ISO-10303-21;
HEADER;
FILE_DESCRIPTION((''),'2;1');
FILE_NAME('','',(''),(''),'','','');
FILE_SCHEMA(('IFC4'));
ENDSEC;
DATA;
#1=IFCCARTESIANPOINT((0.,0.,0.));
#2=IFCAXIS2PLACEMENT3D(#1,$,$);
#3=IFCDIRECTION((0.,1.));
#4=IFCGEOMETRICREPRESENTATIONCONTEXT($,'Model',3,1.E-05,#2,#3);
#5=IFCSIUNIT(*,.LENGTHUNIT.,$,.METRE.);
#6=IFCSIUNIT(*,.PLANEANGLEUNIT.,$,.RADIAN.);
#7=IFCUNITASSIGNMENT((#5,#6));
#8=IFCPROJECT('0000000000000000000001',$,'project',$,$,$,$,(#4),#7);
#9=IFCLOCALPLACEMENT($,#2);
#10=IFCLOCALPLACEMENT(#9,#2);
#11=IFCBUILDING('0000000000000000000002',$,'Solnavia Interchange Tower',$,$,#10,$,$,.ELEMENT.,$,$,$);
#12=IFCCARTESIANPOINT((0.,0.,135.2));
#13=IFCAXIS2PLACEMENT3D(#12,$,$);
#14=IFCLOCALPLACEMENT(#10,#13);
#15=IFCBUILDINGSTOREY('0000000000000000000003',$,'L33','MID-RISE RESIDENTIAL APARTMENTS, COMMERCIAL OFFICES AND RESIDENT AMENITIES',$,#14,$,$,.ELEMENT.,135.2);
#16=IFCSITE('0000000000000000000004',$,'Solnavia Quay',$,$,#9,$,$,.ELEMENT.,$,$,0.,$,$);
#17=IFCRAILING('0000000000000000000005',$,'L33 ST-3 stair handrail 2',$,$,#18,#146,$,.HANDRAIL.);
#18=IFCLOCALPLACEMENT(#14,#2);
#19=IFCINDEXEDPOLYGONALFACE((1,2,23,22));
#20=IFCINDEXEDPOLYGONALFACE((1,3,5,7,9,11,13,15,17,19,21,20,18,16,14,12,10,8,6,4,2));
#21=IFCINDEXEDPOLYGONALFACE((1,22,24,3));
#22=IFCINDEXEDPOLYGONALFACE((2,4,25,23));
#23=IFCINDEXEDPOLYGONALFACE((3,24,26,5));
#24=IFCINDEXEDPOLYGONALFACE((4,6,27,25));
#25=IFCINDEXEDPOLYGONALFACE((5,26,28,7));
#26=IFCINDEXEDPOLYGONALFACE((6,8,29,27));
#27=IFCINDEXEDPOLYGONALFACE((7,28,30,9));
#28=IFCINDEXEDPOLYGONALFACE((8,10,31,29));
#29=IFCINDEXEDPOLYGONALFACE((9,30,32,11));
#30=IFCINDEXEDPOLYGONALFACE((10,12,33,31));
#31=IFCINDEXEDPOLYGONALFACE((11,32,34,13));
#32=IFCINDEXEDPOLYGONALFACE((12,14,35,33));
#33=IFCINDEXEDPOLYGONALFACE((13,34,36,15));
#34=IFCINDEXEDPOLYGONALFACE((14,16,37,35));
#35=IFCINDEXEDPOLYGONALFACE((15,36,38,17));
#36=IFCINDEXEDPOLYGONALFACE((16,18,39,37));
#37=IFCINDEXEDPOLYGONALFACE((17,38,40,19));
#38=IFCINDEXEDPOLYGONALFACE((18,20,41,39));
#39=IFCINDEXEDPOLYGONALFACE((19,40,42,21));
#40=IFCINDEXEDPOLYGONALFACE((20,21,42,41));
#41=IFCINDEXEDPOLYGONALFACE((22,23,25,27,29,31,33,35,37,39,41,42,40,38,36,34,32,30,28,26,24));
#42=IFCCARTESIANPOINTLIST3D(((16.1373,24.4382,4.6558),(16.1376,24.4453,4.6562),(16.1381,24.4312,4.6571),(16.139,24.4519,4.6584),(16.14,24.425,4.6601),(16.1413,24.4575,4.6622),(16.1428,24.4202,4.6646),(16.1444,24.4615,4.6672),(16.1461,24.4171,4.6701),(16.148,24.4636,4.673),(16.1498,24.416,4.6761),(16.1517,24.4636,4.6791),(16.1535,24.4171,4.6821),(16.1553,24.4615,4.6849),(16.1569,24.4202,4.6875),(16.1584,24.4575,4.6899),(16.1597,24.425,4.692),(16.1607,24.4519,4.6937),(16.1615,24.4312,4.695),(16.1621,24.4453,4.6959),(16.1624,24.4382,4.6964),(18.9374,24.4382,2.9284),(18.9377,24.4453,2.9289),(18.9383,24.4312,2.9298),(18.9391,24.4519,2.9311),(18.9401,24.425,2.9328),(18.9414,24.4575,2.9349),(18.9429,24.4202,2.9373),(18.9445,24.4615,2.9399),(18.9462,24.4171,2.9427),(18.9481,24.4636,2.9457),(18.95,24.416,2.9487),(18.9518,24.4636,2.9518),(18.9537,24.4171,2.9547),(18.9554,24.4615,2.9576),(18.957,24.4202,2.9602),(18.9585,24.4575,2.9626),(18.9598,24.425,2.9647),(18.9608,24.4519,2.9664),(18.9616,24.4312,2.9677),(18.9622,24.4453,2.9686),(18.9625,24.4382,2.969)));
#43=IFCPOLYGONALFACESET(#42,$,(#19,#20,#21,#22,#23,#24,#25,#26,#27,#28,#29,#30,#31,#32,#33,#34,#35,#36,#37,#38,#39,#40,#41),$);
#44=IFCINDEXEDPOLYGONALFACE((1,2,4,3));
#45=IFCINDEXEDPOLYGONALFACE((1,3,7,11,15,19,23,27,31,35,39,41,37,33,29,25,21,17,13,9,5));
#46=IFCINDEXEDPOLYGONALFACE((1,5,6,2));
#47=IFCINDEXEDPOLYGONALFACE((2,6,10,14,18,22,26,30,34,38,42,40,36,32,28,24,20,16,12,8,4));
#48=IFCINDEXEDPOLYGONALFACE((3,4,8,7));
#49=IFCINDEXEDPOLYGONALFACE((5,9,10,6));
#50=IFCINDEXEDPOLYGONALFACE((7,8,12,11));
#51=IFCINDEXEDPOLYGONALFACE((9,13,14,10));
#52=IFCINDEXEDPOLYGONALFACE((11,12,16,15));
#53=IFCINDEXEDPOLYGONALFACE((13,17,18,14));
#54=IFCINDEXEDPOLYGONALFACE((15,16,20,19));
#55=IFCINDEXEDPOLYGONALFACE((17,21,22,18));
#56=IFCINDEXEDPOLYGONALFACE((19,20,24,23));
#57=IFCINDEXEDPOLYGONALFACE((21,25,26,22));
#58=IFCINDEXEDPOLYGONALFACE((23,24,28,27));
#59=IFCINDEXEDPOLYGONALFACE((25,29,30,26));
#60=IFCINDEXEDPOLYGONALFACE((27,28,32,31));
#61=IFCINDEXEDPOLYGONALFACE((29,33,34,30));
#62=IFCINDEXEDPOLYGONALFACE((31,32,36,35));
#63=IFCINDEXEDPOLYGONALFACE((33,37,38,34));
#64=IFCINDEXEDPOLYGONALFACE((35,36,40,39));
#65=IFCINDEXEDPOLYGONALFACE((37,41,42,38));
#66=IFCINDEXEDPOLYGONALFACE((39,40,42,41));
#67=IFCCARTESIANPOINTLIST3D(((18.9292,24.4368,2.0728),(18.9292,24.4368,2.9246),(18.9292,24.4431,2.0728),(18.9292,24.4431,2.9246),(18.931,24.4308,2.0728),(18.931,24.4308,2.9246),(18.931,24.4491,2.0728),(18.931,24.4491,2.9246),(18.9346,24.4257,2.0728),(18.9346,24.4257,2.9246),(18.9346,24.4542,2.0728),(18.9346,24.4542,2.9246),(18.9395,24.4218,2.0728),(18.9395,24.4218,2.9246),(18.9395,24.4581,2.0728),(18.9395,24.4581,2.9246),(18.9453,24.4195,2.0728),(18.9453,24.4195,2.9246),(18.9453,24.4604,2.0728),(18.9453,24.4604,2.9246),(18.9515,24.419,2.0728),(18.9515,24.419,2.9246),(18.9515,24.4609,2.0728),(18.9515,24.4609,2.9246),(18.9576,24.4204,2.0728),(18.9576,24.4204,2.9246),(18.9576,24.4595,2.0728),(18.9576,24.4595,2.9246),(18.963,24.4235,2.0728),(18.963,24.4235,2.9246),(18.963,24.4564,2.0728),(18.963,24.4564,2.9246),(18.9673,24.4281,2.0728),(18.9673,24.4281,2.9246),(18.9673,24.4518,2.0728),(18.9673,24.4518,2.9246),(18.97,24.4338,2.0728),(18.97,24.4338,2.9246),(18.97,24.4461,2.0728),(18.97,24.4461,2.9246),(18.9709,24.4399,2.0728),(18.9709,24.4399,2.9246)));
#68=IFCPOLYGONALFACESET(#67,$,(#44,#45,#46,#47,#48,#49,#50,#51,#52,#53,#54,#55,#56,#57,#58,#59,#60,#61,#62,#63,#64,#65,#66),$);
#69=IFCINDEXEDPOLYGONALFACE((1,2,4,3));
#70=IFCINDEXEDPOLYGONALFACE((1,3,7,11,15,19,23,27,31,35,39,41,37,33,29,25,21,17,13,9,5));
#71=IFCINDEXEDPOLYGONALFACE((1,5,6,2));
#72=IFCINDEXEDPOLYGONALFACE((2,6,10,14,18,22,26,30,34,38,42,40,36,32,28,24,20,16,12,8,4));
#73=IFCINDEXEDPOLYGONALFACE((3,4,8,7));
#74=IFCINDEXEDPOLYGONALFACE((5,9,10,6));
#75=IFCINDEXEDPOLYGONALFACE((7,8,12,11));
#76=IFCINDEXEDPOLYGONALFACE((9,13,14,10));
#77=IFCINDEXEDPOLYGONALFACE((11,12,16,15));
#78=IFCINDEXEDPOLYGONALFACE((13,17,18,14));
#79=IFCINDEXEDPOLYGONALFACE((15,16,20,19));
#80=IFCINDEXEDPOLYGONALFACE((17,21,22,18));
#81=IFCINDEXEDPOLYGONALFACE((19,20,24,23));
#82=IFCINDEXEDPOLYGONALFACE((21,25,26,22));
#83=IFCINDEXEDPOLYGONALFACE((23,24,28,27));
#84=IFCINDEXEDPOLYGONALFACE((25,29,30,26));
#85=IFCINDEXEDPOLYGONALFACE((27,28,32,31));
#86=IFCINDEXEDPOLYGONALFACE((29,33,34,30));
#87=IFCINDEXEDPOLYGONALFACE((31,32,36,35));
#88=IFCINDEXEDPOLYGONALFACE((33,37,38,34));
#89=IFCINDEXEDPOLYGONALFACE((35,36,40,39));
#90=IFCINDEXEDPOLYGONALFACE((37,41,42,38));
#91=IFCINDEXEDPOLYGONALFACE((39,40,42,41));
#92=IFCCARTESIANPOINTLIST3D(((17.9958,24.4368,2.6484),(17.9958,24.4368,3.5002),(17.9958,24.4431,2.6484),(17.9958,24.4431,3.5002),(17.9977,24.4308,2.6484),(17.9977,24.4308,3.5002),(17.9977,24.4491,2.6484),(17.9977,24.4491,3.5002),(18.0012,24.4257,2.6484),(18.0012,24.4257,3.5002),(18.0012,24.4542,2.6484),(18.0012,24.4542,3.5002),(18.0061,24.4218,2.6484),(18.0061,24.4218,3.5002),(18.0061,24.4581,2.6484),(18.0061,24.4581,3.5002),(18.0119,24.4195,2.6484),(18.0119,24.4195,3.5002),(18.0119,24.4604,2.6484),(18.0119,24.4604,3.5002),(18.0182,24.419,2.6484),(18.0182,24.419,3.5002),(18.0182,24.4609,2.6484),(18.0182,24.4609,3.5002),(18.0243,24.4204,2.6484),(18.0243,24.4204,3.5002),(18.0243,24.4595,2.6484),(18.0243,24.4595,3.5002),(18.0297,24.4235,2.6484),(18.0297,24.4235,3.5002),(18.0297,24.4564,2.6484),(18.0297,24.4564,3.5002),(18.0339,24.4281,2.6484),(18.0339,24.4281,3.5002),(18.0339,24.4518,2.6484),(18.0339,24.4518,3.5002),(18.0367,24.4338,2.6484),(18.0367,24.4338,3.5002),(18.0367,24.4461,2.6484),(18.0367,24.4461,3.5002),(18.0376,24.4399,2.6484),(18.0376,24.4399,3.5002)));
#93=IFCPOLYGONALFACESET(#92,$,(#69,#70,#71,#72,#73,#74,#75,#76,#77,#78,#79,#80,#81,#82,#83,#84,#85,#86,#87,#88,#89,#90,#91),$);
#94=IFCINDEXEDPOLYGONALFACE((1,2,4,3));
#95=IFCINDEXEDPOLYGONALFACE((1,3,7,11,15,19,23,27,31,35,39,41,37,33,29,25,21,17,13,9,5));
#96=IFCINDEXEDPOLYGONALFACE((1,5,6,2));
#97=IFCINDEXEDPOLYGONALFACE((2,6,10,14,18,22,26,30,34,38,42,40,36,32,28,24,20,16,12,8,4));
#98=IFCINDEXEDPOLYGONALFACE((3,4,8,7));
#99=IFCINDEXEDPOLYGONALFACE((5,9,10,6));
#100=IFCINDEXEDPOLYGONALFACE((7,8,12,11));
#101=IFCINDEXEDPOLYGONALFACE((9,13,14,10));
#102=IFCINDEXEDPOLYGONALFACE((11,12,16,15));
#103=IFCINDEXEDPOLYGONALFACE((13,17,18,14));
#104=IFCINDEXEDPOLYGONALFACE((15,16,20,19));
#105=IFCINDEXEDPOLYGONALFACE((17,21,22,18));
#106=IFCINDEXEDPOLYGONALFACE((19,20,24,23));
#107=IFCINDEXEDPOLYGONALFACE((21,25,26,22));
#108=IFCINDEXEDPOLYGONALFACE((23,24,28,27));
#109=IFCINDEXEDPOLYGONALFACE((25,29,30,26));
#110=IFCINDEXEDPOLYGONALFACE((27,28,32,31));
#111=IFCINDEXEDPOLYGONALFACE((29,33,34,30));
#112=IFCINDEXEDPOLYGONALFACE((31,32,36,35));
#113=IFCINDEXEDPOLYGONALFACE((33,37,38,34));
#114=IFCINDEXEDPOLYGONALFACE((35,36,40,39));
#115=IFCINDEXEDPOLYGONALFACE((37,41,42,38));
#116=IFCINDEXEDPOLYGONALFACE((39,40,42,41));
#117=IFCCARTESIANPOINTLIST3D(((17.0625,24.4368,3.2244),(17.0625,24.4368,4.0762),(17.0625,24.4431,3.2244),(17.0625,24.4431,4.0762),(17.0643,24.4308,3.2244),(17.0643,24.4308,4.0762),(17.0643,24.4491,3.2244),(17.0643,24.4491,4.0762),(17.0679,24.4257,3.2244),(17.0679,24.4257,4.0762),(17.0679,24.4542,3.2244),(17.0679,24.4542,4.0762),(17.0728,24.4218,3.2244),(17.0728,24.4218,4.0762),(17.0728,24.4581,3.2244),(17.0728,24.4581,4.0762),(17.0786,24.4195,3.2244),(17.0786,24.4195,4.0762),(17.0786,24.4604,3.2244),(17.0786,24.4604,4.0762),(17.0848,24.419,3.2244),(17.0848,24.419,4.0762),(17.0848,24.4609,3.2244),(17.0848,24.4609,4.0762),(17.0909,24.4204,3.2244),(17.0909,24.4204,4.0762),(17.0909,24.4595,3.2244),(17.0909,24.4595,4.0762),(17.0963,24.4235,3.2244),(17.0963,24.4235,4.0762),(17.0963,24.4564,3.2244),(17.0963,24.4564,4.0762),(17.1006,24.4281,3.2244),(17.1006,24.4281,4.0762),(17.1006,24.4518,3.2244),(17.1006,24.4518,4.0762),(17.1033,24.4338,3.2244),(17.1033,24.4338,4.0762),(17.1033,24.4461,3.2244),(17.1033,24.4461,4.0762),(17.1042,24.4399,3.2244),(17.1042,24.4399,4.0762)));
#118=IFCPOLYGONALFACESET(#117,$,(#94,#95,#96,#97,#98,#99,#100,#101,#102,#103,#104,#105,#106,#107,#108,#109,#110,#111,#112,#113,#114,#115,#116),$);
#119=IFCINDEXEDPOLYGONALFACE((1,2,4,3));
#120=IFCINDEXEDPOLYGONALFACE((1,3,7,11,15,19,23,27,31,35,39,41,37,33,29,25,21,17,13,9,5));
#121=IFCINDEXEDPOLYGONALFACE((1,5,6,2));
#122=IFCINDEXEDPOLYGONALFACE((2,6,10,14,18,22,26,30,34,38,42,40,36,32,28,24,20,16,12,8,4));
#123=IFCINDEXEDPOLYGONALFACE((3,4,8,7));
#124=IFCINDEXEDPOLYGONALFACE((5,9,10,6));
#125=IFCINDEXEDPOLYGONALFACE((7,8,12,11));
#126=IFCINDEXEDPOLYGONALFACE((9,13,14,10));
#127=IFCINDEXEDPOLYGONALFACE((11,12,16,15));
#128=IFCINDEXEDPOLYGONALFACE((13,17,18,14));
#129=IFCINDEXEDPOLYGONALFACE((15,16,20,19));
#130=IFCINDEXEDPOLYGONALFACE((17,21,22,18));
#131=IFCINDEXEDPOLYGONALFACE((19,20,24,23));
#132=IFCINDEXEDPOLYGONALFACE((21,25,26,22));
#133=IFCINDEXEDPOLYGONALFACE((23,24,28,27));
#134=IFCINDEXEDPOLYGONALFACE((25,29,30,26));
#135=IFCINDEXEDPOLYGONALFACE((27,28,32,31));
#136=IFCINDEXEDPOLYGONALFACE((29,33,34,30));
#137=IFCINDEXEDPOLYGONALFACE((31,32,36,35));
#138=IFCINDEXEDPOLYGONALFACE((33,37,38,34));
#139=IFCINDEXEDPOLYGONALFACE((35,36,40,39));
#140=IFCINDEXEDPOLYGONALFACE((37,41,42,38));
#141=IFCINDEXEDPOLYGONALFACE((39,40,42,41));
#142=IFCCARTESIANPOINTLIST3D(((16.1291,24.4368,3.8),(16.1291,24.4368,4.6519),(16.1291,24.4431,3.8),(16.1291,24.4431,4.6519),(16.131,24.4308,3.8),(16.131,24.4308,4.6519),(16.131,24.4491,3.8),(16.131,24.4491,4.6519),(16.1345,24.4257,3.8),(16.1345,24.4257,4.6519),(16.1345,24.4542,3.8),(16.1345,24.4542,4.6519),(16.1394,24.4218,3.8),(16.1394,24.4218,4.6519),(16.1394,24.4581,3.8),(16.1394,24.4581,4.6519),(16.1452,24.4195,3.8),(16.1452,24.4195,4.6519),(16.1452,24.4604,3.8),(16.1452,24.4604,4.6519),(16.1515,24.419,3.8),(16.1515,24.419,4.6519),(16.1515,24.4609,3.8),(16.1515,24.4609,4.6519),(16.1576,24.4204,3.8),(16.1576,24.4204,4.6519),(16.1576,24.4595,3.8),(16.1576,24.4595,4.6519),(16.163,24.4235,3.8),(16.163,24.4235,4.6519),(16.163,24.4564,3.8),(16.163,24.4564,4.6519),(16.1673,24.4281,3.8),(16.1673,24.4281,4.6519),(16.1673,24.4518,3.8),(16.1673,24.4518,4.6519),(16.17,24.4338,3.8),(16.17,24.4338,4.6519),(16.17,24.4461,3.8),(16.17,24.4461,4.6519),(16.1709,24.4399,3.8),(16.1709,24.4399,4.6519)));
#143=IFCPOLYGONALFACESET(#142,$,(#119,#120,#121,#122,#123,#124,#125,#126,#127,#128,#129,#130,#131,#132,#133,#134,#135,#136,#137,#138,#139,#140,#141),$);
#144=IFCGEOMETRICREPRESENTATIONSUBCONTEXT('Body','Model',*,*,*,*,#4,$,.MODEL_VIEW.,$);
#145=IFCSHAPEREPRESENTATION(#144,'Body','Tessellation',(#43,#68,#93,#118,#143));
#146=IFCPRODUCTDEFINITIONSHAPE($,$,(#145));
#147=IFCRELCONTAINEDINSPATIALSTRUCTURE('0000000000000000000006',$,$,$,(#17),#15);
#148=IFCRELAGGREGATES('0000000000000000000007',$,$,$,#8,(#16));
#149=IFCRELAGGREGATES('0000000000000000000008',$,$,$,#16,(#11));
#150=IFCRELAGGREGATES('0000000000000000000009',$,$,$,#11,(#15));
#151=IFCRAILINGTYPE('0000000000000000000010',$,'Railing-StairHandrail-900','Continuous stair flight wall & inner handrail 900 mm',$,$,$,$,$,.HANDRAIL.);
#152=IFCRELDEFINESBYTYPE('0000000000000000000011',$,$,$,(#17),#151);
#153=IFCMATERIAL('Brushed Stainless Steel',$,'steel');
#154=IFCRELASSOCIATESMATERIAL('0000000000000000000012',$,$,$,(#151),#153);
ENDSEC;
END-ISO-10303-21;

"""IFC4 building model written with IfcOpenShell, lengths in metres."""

from ifc_helpers import new_model, si_unit, direction, frame, origin, origin_2d, place, context, subcontext, project, spatial, circle, extrude, material, type_object, element, save


model = new_model("IFC4")

# Units and contexts
model_context = context("Model", 3, precision=1e-05, world=origin(), true_north=direction((0.0, 1.0)))
body_context = subcontext(model_context, "Body", "Model", "MODEL_VIEW")
ifc_project = project(units=[si_unit("LENGTHUNIT", "METRE"), si_unit("PLANEANGLEUNIT", "RADIAN")], contexts=[model_context])

# Site, building, storey
site_placement = place(None, origin())
site = spatial("IfcSite", under=ifc_project, at=site_placement, Name="Solnavia Quay", CompositionType="ELEMENT", RefElevation=0.0)
building_placement = place(site_placement, origin())
building = spatial("IfcBuilding", under=site, at=building_placement, Name="Solnavia Interchange Tower", CompositionType="ELEMENT")
storey_placement = place(building_placement, frame((0.0, 0.0, 135.2)))
storey = spatial("IfcBuildingStorey", under=building, at=storey_placement, Name="L33", Description="MID-RISE RESIDENTIAL APARTMENTS, COMMERCIAL OFFICES AND RESIDENT AMENITIES", CompositionType="ELEMENT", Elevation=135.2)

# Railing
ifc_material_1 = material(Name="Brushed Stainless Steel", Category="steel")
railing_type_1 = type_object("IfcRailingType", Name="Railing-StairHandrail-900", Description="Continuous stair flight wall & inner handrail 900 mm", PredefinedType="HANDRAIL", material=ifc_material_1)
railing_1_placement = place(storey_placement, frame((18.95, 24.4399, 2.0728)))
element("IfcRailing", 1, at=railing_1_placement, inside=storey, type_object=railing_type_1, Name="L33 ST-3 stair handrail 2", PredefinedType="HANDRAIL", context=body_context, shape_type="SweptSolid", body=[
    extrude(circle(Radius=0.0239, at=origin_2d()), frame((0.0, 0.0, 0.876), z_axis=(-0.85109, 0.0, 0.52502), x_axis=(0.0, -1.0, 0.0)), (0.0, 0.0, 1.0), 3.29),
    extrude(circle(Radius=0.021, at=origin_2d()), origin(), (0.0, 0.0, 1.0), 0.8518),
    extrude(circle(Radius=0.021, at=origin_2d()), frame((-0.9333, 0.0, 0.5757)), (0.0, 0.0, 1.0), 0.8518),
    extrude(circle(Radius=0.021, at=origin_2d()), frame((-1.8667, 0.0, 1.1516)), (0.0, 0.0, 1.0), 0.8518),
    extrude(circle(Radius=0.021, at=origin_2d()), frame((-2.8, 0.0, 1.7273)), (0.0, 0.0, 1.0), 0.8518),
])

save(model, "model.ifc")
